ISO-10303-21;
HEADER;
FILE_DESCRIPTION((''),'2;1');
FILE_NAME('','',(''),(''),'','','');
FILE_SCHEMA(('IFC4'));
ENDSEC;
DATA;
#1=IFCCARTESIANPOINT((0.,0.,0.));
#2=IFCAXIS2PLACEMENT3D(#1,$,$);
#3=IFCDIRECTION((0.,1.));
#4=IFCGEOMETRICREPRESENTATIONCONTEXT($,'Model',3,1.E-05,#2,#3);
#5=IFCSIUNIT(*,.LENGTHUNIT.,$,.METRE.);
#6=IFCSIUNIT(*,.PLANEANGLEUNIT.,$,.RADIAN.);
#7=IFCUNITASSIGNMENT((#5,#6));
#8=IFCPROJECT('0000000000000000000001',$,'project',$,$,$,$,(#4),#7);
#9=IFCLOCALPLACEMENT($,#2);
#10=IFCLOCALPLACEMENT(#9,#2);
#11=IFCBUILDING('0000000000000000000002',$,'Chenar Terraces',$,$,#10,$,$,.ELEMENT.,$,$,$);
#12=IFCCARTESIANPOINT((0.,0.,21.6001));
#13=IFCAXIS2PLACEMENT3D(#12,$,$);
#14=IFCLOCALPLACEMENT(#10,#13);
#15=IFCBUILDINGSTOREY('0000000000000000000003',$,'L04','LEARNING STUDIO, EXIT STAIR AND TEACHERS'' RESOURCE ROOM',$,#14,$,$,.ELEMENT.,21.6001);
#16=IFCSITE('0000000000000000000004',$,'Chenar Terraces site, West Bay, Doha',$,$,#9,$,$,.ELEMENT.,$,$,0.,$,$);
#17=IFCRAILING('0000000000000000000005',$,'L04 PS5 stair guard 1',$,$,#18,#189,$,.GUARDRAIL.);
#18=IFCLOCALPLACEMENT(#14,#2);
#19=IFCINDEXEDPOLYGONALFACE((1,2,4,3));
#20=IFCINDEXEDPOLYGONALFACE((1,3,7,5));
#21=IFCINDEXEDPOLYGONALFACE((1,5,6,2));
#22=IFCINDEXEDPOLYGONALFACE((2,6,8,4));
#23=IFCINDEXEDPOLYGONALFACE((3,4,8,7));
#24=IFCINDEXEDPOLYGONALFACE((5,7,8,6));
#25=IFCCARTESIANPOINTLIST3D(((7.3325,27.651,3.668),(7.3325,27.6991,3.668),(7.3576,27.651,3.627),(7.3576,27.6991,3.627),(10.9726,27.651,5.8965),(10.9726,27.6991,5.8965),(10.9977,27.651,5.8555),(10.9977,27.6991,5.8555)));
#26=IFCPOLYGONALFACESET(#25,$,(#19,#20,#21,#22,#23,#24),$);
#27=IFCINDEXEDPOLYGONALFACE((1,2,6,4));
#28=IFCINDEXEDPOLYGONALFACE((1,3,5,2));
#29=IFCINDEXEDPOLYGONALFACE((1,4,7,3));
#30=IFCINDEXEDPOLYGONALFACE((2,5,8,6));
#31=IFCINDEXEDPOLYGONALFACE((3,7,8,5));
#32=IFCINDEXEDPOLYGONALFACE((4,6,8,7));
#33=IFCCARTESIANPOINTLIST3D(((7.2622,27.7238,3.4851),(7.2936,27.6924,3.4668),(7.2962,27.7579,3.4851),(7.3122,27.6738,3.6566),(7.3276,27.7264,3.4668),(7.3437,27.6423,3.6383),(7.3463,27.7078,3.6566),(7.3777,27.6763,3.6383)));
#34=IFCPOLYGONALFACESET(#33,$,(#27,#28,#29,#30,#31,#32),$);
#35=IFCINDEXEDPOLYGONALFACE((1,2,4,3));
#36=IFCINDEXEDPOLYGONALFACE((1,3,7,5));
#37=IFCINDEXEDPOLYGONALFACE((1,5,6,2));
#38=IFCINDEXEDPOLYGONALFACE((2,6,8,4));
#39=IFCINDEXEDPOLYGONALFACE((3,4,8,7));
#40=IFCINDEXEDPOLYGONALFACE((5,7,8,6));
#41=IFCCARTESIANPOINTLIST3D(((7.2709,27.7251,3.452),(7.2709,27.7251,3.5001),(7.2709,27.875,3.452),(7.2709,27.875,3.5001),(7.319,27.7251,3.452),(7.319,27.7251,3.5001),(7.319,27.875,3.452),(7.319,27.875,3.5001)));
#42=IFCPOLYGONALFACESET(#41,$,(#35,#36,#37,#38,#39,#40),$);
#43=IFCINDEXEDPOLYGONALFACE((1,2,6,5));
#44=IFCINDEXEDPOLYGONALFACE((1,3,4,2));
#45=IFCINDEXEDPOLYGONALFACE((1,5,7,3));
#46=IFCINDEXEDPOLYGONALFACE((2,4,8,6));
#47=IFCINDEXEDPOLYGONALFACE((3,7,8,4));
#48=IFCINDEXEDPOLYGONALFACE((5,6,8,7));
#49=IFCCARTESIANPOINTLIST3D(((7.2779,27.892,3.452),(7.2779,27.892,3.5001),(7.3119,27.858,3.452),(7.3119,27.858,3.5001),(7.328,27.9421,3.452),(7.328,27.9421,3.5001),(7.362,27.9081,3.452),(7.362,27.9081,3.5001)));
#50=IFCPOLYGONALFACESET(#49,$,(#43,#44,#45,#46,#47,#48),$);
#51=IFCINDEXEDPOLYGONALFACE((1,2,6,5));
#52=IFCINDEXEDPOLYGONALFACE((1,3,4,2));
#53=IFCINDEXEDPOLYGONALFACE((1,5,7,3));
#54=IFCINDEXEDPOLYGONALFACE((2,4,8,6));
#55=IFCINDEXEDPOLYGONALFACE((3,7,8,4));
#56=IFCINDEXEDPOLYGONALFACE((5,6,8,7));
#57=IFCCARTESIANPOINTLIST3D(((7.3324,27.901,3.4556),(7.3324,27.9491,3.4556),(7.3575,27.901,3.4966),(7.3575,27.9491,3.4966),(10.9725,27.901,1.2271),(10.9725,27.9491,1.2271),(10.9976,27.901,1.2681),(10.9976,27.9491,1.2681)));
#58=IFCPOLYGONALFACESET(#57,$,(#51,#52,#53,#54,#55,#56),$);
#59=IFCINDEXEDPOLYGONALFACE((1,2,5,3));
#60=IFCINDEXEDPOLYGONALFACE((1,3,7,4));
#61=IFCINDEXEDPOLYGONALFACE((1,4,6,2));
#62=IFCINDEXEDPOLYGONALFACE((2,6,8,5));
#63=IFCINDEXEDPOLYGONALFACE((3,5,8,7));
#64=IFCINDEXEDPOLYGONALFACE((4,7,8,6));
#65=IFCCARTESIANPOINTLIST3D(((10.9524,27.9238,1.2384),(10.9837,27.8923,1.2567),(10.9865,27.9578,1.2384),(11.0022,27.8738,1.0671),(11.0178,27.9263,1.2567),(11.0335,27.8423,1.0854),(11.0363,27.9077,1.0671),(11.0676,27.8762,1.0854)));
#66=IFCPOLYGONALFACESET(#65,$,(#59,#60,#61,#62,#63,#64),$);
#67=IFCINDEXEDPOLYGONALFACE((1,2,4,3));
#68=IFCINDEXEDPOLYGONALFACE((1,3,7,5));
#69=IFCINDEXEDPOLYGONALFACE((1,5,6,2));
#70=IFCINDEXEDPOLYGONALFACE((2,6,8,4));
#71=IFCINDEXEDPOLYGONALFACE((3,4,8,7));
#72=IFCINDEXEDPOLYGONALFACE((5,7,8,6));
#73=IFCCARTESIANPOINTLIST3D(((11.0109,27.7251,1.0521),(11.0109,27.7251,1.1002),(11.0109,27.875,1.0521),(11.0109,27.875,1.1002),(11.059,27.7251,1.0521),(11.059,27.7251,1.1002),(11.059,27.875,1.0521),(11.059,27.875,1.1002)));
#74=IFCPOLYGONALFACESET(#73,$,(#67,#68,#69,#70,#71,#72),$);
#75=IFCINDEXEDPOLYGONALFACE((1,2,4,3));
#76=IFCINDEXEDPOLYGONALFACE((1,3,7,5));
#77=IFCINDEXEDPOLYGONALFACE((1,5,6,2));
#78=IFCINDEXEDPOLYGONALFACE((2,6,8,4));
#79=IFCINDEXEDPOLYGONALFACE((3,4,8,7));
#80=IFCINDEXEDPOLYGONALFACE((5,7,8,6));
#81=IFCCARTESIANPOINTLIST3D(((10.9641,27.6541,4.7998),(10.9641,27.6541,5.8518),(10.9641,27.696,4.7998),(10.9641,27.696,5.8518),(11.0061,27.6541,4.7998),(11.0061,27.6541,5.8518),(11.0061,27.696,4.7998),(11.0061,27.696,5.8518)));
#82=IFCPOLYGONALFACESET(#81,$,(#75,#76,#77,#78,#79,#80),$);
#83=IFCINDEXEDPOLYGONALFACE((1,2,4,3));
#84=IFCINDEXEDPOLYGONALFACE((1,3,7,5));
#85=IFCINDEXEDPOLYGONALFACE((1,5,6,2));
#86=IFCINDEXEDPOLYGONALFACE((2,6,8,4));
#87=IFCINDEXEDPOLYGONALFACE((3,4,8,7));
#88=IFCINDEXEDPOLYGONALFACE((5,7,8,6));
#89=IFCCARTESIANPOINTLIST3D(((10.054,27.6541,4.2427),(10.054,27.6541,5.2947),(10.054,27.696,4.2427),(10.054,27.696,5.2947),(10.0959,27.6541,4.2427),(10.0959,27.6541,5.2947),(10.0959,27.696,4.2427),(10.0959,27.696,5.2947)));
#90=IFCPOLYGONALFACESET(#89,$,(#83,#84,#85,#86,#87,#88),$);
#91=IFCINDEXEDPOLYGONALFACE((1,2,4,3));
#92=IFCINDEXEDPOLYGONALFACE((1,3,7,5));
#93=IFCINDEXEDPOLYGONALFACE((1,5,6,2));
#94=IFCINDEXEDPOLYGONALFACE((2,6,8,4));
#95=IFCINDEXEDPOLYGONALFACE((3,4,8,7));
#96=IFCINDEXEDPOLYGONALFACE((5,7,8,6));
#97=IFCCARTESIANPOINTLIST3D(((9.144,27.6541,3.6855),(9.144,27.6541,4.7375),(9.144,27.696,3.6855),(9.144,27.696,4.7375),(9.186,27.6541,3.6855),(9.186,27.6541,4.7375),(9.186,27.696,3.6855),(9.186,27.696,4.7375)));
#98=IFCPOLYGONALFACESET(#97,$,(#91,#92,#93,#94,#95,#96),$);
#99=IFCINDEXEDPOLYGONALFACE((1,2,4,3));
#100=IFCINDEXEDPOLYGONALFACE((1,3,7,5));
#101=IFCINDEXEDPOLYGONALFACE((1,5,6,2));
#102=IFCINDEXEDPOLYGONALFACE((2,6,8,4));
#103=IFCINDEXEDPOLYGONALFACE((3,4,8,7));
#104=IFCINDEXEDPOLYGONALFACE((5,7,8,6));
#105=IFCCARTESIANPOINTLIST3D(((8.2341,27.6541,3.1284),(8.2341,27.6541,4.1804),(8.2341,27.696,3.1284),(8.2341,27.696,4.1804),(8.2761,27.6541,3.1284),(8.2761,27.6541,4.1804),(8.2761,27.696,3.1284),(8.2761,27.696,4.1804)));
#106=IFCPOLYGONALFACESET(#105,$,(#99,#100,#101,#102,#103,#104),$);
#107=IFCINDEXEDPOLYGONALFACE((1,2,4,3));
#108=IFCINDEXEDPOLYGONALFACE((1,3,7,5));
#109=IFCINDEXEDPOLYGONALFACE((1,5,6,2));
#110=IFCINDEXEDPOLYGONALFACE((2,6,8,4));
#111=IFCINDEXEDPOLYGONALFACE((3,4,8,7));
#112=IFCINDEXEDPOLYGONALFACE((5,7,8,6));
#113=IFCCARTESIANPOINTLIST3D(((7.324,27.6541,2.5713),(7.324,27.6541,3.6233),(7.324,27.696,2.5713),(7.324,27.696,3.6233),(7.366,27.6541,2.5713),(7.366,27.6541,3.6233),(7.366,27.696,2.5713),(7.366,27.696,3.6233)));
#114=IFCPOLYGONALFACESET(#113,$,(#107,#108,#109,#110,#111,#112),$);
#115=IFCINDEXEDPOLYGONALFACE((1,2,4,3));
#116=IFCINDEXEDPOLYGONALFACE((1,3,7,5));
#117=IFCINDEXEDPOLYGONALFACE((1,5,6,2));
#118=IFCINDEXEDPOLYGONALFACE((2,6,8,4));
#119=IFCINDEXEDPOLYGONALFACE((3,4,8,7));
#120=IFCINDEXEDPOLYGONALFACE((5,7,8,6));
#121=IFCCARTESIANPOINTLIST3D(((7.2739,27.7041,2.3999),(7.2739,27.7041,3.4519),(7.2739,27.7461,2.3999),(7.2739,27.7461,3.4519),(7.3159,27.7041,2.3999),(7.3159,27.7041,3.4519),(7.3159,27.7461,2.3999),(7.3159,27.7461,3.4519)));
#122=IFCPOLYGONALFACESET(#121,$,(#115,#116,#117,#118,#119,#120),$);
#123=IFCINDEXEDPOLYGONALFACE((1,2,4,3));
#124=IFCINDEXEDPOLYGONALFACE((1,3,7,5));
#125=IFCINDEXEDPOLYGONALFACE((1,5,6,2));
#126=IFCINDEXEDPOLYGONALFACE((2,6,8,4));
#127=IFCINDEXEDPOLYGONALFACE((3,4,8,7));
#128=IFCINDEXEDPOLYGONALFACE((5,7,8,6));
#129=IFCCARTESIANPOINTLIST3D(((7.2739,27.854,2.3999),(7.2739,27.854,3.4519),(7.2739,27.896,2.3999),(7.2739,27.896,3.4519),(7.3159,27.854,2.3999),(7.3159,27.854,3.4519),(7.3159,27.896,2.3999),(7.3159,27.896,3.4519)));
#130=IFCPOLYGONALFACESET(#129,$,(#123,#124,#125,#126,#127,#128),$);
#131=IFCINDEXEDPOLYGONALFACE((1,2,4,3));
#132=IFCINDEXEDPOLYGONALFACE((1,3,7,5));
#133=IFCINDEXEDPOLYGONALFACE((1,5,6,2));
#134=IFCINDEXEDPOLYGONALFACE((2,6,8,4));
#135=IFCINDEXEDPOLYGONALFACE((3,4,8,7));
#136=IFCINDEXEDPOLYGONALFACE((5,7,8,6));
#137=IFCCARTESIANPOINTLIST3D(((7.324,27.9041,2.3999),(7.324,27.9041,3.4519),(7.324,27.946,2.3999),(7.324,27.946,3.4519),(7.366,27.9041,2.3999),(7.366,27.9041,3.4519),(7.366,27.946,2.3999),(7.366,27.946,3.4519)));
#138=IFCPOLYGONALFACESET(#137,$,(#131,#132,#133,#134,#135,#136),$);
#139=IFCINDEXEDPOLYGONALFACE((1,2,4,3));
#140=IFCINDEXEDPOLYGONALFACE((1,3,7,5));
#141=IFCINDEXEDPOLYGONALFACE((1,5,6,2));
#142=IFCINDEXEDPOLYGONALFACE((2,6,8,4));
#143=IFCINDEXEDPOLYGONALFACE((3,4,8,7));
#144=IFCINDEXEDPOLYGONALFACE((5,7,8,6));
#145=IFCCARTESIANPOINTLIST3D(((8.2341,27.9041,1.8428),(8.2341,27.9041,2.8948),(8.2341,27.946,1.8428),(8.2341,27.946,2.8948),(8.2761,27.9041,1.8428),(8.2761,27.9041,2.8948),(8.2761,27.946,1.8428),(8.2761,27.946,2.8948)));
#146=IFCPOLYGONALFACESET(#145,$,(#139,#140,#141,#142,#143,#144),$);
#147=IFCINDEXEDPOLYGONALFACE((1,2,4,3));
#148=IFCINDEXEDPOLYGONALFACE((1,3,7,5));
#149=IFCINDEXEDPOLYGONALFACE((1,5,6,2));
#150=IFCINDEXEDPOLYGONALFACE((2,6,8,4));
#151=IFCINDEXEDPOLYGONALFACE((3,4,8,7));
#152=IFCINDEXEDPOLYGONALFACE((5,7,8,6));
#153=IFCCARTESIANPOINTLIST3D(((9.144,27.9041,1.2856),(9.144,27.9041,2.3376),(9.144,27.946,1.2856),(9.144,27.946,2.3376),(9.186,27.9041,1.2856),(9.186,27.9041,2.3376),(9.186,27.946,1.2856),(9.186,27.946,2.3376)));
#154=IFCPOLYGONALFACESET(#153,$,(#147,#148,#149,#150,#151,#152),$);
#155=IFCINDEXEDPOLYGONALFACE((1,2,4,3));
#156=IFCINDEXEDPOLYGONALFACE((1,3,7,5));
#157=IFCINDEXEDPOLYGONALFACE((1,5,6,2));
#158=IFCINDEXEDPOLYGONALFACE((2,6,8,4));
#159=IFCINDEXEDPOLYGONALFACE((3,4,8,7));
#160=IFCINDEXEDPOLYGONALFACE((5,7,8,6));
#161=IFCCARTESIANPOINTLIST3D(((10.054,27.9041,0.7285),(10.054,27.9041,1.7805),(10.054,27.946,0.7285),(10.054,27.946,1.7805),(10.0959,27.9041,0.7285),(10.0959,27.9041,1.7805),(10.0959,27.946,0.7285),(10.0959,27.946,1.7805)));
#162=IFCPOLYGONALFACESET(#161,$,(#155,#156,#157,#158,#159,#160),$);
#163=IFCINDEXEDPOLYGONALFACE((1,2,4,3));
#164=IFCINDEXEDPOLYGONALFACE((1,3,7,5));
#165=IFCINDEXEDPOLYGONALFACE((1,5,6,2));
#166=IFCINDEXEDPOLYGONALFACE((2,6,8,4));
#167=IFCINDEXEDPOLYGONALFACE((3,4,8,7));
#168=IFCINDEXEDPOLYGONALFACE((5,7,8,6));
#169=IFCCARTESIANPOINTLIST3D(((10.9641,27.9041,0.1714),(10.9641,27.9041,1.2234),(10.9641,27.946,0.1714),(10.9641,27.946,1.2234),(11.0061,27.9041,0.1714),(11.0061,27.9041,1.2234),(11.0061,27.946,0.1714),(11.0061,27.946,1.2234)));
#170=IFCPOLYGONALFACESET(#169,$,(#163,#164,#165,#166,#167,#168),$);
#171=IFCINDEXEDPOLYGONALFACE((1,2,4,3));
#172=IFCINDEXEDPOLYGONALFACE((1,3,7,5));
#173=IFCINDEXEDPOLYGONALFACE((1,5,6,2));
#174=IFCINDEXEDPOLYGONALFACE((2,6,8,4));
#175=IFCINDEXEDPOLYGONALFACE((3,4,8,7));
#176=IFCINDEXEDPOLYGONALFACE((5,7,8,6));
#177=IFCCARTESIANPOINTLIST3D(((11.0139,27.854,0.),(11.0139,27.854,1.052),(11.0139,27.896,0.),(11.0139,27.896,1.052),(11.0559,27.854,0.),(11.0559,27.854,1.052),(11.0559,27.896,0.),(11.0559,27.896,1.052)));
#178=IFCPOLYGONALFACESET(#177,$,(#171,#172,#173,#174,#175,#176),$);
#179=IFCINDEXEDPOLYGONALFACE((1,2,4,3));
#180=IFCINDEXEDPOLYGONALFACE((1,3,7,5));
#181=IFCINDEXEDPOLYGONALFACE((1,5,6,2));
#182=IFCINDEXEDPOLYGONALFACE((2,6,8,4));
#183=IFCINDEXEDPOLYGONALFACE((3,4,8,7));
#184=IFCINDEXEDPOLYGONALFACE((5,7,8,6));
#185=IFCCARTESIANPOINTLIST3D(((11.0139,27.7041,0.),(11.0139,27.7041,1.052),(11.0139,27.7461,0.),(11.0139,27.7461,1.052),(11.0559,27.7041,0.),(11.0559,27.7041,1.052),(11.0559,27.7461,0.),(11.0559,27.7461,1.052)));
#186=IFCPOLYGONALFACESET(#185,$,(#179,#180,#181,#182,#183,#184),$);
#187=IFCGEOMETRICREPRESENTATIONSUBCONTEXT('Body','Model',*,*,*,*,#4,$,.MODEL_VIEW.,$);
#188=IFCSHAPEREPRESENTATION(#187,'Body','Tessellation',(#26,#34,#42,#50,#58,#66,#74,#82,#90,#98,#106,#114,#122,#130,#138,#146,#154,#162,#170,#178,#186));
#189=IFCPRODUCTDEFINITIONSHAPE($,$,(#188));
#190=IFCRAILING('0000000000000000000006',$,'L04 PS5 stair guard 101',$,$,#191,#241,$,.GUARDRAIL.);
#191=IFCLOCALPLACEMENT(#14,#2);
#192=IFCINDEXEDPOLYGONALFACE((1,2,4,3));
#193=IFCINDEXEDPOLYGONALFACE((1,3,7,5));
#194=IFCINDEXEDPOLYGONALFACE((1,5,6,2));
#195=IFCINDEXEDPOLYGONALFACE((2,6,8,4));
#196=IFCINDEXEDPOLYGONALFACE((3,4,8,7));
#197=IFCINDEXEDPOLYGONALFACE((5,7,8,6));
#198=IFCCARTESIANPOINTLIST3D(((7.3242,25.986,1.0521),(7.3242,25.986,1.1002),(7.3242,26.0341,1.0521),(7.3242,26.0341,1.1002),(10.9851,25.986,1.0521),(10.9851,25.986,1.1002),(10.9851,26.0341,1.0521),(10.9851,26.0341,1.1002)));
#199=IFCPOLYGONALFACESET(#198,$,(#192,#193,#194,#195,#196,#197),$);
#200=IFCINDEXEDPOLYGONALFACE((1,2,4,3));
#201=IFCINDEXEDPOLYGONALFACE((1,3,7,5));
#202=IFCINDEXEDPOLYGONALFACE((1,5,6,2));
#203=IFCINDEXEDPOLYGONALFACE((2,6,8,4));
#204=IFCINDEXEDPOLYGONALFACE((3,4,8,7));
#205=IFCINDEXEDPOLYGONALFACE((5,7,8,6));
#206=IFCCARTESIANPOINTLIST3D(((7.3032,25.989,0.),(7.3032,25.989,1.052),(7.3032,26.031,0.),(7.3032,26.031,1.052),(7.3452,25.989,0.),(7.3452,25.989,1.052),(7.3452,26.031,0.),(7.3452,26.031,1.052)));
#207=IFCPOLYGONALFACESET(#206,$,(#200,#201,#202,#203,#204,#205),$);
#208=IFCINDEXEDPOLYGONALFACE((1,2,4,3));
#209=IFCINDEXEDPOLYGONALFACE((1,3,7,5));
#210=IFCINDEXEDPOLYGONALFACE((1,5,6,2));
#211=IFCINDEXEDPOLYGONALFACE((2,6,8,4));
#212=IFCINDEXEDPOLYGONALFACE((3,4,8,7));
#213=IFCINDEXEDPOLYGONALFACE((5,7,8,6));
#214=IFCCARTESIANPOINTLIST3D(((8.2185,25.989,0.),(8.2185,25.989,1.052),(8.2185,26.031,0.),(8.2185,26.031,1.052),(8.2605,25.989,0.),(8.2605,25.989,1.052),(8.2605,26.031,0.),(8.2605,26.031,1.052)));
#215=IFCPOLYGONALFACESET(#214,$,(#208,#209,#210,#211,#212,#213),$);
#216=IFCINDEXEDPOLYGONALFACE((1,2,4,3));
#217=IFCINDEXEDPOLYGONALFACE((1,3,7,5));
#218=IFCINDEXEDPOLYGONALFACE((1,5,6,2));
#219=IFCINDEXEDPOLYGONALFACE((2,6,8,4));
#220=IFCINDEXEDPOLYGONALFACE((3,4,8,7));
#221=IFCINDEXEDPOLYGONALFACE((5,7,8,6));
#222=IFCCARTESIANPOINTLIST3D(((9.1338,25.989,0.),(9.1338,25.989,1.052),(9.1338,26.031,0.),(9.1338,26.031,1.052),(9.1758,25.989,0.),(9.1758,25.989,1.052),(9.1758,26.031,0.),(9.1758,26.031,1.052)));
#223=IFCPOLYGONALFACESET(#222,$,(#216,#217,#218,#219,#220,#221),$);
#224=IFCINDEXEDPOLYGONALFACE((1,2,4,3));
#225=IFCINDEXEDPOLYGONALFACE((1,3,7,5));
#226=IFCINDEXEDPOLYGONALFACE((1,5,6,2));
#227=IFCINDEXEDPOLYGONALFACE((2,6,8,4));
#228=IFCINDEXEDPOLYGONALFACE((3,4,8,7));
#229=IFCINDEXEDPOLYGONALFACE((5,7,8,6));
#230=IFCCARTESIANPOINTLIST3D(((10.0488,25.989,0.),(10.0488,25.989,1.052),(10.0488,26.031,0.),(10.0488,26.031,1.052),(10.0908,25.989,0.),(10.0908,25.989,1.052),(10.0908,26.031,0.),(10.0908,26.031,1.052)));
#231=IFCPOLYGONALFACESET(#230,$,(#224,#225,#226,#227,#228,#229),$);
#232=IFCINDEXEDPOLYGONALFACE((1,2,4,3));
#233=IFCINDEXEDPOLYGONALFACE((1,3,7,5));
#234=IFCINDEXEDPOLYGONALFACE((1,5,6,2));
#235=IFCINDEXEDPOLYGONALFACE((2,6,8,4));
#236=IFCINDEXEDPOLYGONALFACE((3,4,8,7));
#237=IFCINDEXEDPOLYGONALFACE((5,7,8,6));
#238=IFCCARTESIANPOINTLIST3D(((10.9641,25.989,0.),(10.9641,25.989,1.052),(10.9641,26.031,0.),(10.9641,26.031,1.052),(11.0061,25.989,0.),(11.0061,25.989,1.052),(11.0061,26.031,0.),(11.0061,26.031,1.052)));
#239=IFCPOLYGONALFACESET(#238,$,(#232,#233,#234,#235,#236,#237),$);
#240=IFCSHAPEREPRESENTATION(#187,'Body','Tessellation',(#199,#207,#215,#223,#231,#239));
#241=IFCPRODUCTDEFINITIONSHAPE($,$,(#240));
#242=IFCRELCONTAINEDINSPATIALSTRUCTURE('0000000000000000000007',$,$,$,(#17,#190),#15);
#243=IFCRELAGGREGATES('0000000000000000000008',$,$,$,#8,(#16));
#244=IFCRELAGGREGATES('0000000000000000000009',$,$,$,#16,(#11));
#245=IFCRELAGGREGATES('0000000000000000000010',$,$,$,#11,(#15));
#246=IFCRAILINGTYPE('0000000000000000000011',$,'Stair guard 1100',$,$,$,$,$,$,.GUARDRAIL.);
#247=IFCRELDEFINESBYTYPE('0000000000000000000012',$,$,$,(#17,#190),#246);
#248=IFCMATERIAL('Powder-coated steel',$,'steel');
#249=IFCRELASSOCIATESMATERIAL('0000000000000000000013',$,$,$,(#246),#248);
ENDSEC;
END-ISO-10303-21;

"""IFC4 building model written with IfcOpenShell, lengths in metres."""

from ifc_helpers import new_model, si_unit, direction, frame, origin, origin_2d, place, context, subcontext, project, spatial, rectangle, extrude, material, type_object, element, save


model = new_model("IFC4")

# Units and contexts
model_context = context("Model", 3, precision=1e-05, world=origin(), true_north=direction((0.0, 1.0)))
body_context = subcontext(model_context, "Body", "Model", "MODEL_VIEW")
ifc_project = project(units=[si_unit("LENGTHUNIT", "METRE"), si_unit("PLANEANGLEUNIT", "RADIAN")], contexts=[model_context])

# Site, building, storey
site_placement = place(None, origin())
site = spatial("IfcSite", under=ifc_project, at=site_placement, Name="Chenar Terraces site, West Bay, Doha", CompositionType="ELEMENT", RefElevation=0.0)
building_placement = place(site_placement, origin())
building = spatial("IfcBuilding", under=site, at=building_placement, Name="Chenar Terraces", CompositionType="ELEMENT")
storey_placement = place(building_placement, frame((0.0, 0.0, 21.6001)))
storey = spatial("IfcBuildingStorey", under=building, at=storey_placement, Name="L04", Description="LEARNING STUDIO, EXIT STAIR AND TEACHERS' RESOURCE ROOM", CompositionType="ELEMENT", Elevation=21.6001)

# Railings
ifc_material_1 = material(Name="Powder-coated steel", Category="steel")
railing_type_1 = type_object("IfcRailingType", Name="Stair guard 1100", PredefinedType="GUARDRAIL", material=ifc_material_1)
railing_1_placement = place(storey_placement, frame((10.9851, 27.675, 4.7998)))
element("IfcRailing", 1, at=railing_1_placement, inside=storey, type_object=railing_type_1, Name="L04 PS5 stair guard 1", PredefinedType="GUARDRAIL", context=body_context, shape_type="SweptSolid", body=[
    extrude(rectangle(XDim=0.0481, YDim=0.0481, at=origin_2d()), frame((0.0, 0.0, 1.0762), z_axis=(-0.852866, 0.0, -0.52213), x_axis=(0.0, -1.0, 0.0)), (0.0, 0.0, 1.0), 4.2681),
    extrude(rectangle(XDim=0.0481, YDim=0.0481, at=origin_2d()), frame((-3.6401, 0.0, -1.1523), z_axis=(-0.269911, 0.269911, -0.924281), x_axis=(-0.707107, -0.707107, 0.0)), (0.0, 0.0, 1.0), 0.1855),
    extrude(rectangle(XDim=0.0481, YDim=0.0481, at=origin_2d()), frame((-3.6902, 0.05, -1.3237), z_axis=(0.0, 1.0, 0.0), x_axis=(-1.0, 0.0, 0.0)), (0.0, 0.0, 1.0), 0.1499),
    extrude(rectangle(XDim=0.0481, YDim=0.0481, at=origin_2d()), frame((-3.6902, 0.2, -1.3237), z_axis=(0.707107, 0.707107, 0.0), x_axis=(-0.707107, 0.707107, 0.0)), (0.0, 0.0, 1.0), 0.0708),
    extrude(rectangle(XDim=0.0481, YDim=0.0481, at=origin_2d()), frame((-3.6401, 0.25, -1.3237), z_axis=(0.852866, 0.0, -0.52213), x_axis=(0.0, 1.0, 0.0)), (0.0, 0.0, 1.0), 4.2681),
    extrude(rectangle(XDim=0.0481, YDim=0.0481, at=origin_2d()), frame((0.0, 0.25, -3.5522), z_axis=(0.26869, -0.270007, -0.924609), x_axis=(0.708834, 0.705376, 0.0)), (0.0, 0.0, 1.0), 0.1853),
    extrude(rectangle(XDim=0.0481, YDim=0.0481, at=origin_2d()), frame((0.0498, 0.2, -3.7236), z_axis=(0.0, -1.0, 0.0), x_axis=(1.0, 0.0, 0.0)), (0.0, 0.0, 1.0), 0.1499),
    extrude(rectangle(XDim=0.042, YDim=0.042, at=origin_2d()), origin(), (0.0, 0.0, 1.0), 1.052),
    extrude(rectangle(XDim=0.042, YDim=0.042, at=origin_2d()), frame((-0.9102, 0.0, -0.5571)), (0.0, 0.0, 1.0), 1.052),
    extrude(rectangle(XDim=0.042, YDim=0.042, at=origin_2d()), frame((-1.8201, 0.0, -1.1143)), (0.0, 0.0, 1.0), 1.052),
    extrude(rectangle(XDim=0.042, YDim=0.042, at=origin_2d()), frame((-2.73, 0.0, -1.6714)), (0.0, 0.0, 1.0), 1.052),
    extrude(rectangle(XDim=0.042, YDim=0.042, at=origin_2d()), frame((-3.6401, 0.0, -2.2285)), (0.0, 0.0, 1.0), 1.052),
    extrude(rectangle(XDim=0.042, YDim=0.042, at=origin_2d()), frame((-3.6902, 0.05, -2.3999)), (0.0, 0.0, 1.0), 1.052),
    extrude(rectangle(XDim=0.042, YDim=0.042, at=origin_2d()), frame((-3.6902, 0.2, -2.3999)), (0.0, 0.0, 1.0), 1.052),
    extrude(rectangle(XDim=0.042, YDim=0.042, at=origin_2d()), frame((-3.6401, 0.25, -2.3999)), (0.0, 0.0, 1.0), 1.052),
    extrude(rectangle(XDim=0.042, YDim=0.042, at=origin_2d()), frame((-2.73, 0.25, -2.957)), (0.0, 0.0, 1.0), 1.052),
    extrude(rectangle(XDim=0.042, YDim=0.042, at=origin_2d()), frame((-1.8201, 0.25, -3.5142)), (0.0, 0.0, 1.0), 1.052),
    extrude(rectangle(XDim=0.042, YDim=0.042, at=origin_2d()), frame((-0.9102, 0.25, -4.0713)), (0.0, 0.0, 1.0), 1.052),
    extrude(rectangle(XDim=0.042, YDim=0.042, at=origin_2d()), frame((0.0, 0.25, -4.6284)), (0.0, 0.0, 1.0), 1.052),
    extrude(rectangle(XDim=0.042, YDim=0.042, at=origin_2d()), frame((0.0498, 0.2, -4.7998)), (0.0, 0.0, 1.0), 1.052),
    extrude(rectangle(XDim=0.042, YDim=0.042, at=origin_2d()), frame((0.0498, 0.05, -4.7998)), (0.0, 0.0, 1.0), 1.052),
])
railing_2_placement = place(storey_placement, frame((7.3242, 26.01, 0.0)))
element("IfcRailing", 2, at=railing_2_placement, inside=storey, type_object=railing_type_1, Name="L04 PS5 stair guard 101", PredefinedType="GUARDRAIL", context=body_context, shape_type="SweptSolid", body=[
    extrude(rectangle(XDim=0.0481, YDim=0.0481, at=origin_2d()), frame((0.0, 0.0, 1.0762), z_axis=(1.0, 0.0, 0.0), x_axis=(0.0, 1.0, 0.0)), (0.0, 0.0, 1.0), 3.6609),
    extrude(rectangle(XDim=0.042, YDim=0.042, at=origin_2d()), origin(), (0.0, 0.0, 1.0), 1.052),
    extrude(rectangle(XDim=0.042, YDim=0.042, at=origin_2d()), frame((0.9153, 0.0, 0.0)), (0.0, 0.0, 1.0), 1.052),
    extrude(rectangle(XDim=0.042, YDim=0.042, at=origin_2d()), frame((1.8306, 0.0, 0.0)), (0.0, 0.0, 1.0), 1.052),
    extrude(rectangle(XDim=0.042, YDim=0.042, at=origin_2d()), frame((2.7456, 0.0, 0.0)), (0.0, 0.0, 1.0), 1.052),
    extrude(rectangle(XDim=0.042, YDim=0.042, at=origin_2d()), frame((3.6609, 0.0, 0.0)), (0.0, 0.0, 1.0), 1.052),
])

save(model, "model.ifc")
